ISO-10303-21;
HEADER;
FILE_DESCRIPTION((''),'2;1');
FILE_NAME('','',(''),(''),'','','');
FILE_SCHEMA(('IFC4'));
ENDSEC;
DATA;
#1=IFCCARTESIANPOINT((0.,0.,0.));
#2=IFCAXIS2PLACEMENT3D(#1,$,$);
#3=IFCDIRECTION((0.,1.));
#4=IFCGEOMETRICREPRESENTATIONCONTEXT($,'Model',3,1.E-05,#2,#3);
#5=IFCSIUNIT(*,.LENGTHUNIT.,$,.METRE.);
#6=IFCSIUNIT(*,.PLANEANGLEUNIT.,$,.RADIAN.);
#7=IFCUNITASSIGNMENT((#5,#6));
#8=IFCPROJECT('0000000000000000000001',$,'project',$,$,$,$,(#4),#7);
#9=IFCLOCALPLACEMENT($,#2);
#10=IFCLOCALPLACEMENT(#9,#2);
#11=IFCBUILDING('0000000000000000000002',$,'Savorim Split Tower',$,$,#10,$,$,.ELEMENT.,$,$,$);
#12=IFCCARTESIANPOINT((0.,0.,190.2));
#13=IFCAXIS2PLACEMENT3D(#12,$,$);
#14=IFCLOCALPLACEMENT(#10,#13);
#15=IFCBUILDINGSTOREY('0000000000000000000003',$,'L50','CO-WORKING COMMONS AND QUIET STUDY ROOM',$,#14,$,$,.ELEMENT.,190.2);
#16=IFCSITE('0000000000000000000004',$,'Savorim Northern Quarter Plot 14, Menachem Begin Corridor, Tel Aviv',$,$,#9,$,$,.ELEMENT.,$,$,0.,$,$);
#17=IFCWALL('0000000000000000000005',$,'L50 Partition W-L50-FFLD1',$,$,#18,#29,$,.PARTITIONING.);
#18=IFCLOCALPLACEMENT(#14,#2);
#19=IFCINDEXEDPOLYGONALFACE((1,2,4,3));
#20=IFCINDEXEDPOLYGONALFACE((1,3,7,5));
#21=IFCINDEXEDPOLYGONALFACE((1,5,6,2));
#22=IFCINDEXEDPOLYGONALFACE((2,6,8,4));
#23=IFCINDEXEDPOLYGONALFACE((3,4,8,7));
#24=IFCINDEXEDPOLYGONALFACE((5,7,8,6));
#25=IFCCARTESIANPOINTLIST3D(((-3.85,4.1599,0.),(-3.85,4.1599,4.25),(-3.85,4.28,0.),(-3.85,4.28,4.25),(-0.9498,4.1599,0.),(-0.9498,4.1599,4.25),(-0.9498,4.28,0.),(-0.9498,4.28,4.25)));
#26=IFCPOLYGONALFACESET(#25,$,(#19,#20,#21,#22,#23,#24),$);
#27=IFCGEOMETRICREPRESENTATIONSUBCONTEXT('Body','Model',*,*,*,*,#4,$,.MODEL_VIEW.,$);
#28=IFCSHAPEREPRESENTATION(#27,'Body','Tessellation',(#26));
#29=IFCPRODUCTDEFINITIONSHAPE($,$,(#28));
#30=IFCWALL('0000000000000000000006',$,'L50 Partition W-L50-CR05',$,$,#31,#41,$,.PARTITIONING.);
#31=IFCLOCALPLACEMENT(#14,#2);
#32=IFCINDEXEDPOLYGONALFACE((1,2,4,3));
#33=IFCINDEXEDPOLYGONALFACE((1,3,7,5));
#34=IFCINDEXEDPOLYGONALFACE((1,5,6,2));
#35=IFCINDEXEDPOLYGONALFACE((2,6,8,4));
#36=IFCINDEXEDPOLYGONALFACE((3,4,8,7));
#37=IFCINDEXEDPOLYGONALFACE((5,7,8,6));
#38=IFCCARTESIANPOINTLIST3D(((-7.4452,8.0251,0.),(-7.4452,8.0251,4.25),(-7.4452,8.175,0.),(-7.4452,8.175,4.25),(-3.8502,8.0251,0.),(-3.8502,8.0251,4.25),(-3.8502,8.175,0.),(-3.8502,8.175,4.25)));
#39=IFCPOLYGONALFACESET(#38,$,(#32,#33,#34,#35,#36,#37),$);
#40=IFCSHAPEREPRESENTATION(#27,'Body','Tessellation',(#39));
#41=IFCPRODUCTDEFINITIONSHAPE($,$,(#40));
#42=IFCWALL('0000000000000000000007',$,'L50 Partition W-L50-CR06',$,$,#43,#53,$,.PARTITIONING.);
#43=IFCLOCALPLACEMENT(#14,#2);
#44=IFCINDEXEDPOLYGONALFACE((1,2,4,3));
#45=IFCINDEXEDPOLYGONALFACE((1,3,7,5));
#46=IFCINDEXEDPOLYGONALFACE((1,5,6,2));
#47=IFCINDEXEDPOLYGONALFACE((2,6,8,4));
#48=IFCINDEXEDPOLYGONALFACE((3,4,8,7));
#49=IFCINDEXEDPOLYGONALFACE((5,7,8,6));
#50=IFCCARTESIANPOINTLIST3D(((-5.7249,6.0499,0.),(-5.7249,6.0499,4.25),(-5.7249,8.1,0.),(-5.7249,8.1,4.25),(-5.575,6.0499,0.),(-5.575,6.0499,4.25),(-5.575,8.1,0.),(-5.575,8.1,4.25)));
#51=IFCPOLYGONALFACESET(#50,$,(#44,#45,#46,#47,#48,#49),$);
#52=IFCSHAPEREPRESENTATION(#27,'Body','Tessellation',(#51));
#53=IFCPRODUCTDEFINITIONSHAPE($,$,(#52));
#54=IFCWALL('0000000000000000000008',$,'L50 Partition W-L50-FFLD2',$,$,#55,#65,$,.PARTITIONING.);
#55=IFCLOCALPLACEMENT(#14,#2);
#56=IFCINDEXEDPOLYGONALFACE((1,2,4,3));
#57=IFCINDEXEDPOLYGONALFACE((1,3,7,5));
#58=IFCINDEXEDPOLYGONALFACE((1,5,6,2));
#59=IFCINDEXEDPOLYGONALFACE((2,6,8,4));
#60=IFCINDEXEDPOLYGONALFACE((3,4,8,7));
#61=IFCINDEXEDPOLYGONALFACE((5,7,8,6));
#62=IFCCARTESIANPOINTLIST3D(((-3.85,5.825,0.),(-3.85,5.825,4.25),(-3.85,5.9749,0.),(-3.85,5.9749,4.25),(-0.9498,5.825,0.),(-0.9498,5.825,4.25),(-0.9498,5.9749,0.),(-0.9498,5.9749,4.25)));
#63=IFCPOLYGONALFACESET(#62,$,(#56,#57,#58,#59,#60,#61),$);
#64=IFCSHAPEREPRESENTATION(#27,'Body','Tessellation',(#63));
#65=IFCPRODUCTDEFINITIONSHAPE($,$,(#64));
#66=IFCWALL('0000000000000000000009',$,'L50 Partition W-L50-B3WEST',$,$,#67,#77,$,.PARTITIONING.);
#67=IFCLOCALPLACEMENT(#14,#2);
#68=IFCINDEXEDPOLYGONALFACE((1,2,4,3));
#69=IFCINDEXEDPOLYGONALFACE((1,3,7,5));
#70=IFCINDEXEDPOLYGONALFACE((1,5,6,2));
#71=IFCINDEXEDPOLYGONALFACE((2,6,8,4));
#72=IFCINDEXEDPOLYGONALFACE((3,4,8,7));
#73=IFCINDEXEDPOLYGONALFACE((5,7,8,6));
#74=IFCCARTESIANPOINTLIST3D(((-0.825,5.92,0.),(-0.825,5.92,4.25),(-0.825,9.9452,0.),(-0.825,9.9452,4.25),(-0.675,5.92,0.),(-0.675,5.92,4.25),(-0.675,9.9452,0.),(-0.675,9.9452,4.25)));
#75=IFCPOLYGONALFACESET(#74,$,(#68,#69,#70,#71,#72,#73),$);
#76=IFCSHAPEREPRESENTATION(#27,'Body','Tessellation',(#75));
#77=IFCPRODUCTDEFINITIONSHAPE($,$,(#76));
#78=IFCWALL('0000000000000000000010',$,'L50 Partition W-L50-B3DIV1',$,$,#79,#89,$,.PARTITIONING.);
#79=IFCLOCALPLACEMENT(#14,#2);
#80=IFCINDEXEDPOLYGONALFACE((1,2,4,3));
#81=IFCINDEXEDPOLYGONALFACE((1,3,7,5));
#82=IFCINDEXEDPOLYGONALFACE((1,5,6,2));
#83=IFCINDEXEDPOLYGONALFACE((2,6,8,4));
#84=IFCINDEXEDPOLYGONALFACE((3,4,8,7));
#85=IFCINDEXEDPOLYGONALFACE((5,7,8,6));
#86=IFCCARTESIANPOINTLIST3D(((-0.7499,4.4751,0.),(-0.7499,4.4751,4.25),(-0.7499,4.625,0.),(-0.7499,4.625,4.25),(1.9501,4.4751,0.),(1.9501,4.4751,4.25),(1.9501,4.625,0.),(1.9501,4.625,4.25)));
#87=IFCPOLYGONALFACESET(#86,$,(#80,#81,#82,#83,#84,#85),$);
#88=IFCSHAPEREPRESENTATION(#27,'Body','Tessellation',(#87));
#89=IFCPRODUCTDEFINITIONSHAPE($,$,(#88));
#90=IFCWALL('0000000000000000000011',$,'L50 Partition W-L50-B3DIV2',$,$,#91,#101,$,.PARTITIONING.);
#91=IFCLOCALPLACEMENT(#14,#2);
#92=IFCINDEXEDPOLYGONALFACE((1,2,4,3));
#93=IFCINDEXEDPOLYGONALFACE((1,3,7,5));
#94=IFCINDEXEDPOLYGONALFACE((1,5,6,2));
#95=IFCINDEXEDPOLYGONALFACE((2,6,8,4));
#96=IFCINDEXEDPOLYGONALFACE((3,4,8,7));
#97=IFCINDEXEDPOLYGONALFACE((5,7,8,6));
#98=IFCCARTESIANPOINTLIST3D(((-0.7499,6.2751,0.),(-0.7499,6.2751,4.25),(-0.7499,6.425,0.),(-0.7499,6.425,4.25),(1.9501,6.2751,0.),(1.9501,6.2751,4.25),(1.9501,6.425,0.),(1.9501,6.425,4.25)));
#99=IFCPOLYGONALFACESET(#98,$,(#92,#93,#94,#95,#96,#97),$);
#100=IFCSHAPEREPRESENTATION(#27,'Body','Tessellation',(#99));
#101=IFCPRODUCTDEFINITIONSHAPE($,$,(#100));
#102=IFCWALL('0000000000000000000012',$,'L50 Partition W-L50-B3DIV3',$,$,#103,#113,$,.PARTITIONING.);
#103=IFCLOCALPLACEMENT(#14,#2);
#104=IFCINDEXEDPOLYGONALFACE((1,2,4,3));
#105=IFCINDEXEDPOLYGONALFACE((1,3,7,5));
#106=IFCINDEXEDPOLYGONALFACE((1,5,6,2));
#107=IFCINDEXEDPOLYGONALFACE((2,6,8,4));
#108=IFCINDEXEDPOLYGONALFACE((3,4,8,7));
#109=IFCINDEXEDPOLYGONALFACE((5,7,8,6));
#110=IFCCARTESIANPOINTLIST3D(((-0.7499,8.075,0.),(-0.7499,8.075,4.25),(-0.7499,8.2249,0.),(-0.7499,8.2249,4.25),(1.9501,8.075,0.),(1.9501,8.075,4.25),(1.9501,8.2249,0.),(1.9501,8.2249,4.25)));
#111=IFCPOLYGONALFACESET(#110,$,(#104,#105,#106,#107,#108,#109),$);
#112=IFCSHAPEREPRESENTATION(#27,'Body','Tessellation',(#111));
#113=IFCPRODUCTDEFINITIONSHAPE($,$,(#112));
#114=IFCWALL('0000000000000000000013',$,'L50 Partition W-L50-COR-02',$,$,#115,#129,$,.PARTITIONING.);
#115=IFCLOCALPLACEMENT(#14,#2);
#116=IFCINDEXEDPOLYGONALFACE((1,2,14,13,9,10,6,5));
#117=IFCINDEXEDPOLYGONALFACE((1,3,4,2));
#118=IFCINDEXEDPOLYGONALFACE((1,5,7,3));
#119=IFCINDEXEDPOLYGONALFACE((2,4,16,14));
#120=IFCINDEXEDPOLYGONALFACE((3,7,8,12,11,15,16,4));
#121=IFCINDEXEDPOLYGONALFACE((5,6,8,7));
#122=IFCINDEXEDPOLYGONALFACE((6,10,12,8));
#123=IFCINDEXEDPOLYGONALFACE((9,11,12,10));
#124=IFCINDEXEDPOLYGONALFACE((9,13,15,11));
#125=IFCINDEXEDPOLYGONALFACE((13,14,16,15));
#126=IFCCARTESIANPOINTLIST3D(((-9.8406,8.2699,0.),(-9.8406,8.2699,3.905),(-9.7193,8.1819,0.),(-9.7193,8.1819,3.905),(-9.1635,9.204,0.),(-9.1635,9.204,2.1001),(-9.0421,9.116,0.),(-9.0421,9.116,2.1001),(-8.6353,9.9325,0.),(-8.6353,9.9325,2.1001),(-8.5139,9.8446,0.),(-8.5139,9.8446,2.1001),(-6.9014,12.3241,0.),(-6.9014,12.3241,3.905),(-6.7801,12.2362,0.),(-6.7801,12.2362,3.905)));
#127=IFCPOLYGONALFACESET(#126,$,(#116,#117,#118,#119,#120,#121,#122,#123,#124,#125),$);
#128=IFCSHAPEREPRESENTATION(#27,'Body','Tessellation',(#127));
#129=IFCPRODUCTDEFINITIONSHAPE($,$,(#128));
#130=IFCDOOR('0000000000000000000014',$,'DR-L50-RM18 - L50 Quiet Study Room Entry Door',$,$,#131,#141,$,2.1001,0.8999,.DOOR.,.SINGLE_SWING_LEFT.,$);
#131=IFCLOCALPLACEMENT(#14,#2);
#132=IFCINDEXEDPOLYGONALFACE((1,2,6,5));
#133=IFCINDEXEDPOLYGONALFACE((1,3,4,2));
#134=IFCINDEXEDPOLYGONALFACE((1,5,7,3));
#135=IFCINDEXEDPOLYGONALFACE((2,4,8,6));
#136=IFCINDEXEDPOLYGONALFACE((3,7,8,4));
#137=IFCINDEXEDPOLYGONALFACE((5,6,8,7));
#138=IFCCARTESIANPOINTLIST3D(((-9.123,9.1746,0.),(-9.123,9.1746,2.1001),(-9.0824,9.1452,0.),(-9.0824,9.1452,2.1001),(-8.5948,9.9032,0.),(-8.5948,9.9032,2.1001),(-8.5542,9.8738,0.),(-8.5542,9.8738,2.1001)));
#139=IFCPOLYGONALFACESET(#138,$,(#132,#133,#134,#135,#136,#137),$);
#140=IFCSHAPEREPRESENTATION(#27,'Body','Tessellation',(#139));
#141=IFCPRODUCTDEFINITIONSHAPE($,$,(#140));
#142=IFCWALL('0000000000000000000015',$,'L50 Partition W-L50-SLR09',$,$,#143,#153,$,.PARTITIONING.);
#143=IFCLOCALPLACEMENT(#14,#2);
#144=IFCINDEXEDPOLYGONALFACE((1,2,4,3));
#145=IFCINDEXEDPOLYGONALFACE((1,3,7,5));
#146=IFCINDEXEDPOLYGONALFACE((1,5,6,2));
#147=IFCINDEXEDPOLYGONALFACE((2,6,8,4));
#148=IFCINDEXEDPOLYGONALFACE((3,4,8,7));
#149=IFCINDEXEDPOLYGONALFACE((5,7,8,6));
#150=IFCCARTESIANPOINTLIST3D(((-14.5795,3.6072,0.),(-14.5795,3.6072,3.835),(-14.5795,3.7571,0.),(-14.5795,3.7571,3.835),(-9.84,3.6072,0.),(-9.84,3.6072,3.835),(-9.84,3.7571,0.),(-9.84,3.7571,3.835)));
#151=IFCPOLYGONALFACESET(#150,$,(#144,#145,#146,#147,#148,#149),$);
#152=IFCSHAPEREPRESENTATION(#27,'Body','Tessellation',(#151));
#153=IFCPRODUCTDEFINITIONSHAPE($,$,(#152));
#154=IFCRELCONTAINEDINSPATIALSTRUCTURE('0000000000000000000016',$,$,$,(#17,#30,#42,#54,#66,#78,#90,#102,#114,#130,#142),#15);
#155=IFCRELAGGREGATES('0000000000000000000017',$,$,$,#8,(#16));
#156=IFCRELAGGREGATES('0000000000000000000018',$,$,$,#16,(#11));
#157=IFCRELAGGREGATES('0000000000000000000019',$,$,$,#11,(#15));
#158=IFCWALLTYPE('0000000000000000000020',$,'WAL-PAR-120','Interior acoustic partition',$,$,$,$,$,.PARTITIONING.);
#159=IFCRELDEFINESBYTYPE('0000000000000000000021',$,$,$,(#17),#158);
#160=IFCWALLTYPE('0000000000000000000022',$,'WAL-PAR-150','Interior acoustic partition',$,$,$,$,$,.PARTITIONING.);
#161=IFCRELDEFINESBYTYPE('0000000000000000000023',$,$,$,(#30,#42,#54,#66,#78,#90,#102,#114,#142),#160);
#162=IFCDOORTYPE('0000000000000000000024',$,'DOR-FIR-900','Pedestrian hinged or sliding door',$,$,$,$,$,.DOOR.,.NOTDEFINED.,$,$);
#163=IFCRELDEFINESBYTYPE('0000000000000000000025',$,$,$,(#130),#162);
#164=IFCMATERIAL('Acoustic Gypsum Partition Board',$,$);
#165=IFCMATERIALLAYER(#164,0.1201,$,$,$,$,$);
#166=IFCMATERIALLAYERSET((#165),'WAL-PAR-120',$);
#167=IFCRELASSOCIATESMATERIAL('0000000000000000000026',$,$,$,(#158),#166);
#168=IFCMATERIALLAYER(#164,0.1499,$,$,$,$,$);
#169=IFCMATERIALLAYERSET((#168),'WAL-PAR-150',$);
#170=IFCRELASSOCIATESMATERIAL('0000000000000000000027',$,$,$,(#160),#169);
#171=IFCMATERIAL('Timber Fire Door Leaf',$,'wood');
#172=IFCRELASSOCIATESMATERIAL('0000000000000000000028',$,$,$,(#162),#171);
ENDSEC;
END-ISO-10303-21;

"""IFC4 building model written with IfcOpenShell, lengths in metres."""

from ifc_helpers import new_model, si_unit, direction, frame, frame_2d, origin, place, context, subcontext, project, spatial, rectangle, extrude, material, layer, layer_set, type_object, element, fill, save


model = new_model("IFC4")

# Units and contexts
model_context = context("Model", 3, precision=1e-05, world=origin(), true_north=direction((0.0, 1.0)))
body_context = subcontext(model_context, "Body", "Model", "MODEL_VIEW")
ifc_project = project(units=[si_unit("LENGTHUNIT", "METRE"), si_unit("PLANEANGLEUNIT", "RADIAN")], contexts=[model_context])

# Site, building, storey
site_placement = place(None, origin())
site = spatial("IfcSite", under=ifc_project, at=site_placement, Name="Savorim Northern Quarter Plot 14, Menachem Begin Corridor, Tel Aviv", CompositionType="ELEMENT", RefElevation=0.0)
building_placement = place(site_placement, origin())
building = spatial("IfcBuilding", under=site, at=building_placement, Name="Savorim Split Tower", CompositionType="ELEMENT")
storey_placement = place(building_placement, frame((0.0, 0.0, 190.2)))
storey = spatial("IfcBuildingStorey", under=building, at=storey_placement, Name="L50", Description="CO-WORKING COMMONS AND QUIET STUDY ROOM", CompositionType="ELEMENT", Elevation=190.2)

# Walls
ifc_material_1 = material(Name="Acoustic Gypsum Partition Board")
ifc_layer_1 = layer(ifc_material_1, 0.1201)
ifc_layer_set_1 = layer_set([ifc_layer_1], Name="WAL-PAR-120")
wall_type_1 = type_object("IfcWallType", Name="WAL-PAR-120", Description="Interior acoustic partition", PredefinedType="PARTITIONING", material=ifc_layer_set_1)
wall_1_placement = place(storey_placement, frame((-3.8501, 4.22, 0.0), z_axis=(0.0, 0.0, 1.0), x_axis=(1.0, 0.0, 0.0)))
element("IfcWall", 1, at=wall_1_placement, inside=storey, type_object=wall_type_1, Name="L50 Partition W-L50-FFLD1", PredefinedType="PARTITIONING", context=body_context, shape_type="SweptSolid", body=[
    extrude(rectangle(XDim=2.9001, YDim=0.1201, at=frame_2d((1.4502, 0.0))), origin(), (0.0, 0.0, 1.0), 4.25),
])
ifc_layer_2 = layer(ifc_material_1, 0.1499)
ifc_layer_set_2 = layer_set([ifc_layer_2], Name="WAL-PAR-150")
wall_type_2 = type_object("IfcWallType", Name="WAL-PAR-150", Description="Interior acoustic partition", PredefinedType="PARTITIONING", material=ifc_layer_set_2)
wall_2_placement = place(storey_placement, frame((-7.4451, 8.1001, 0.0), z_axis=(0.0, 0.0, 1.0), x_axis=(1.0, 0.0, 0.0)))
element("IfcWall", 2, at=wall_2_placement, inside=storey, type_object=wall_type_2, Name="L50 Partition W-L50-CR05", PredefinedType="PARTITIONING", context=body_context, shape_type="SweptSolid", body=[
    extrude(rectangle(XDim=3.595, YDim=0.1499, at=frame_2d((1.7974, 0.0))), origin(), (0.0, 0.0, 1.0), 4.25),
])
wall_3_placement = place(storey_placement, frame((-5.6499, 6.05, 0.0), z_axis=(0.0, 0.0, 1.0), x_axis=(0.0, 1.0, 0.0)))
element("IfcWall", 3, at=wall_3_placement, inside=storey, type_object=wall_type_2, Name="L50 Partition W-L50-CR06", PredefinedType="PARTITIONING", context=body_context, shape_type="SweptSolid", body=[
    extrude(rectangle(XDim=2.05, YDim=0.1499, at=frame_2d((1.0249, 0.0))), origin(), (0.0, 0.0, 1.0), 4.25),
])
wall_4_placement = place(storey_placement, frame((-3.8501, 5.8999, 0.0), z_axis=(0.0, 0.0, 1.0), x_axis=(1.0, 0.0, 0.0)))
element("IfcWall", 4, at=wall_4_placement, inside=storey, type_object=wall_type_2, Name="L50 Partition W-L50-FFLD2", PredefinedType="PARTITIONING", context=body_context, shape_type="SweptSolid", body=[
    extrude(rectangle(XDim=2.9001, YDim=0.1499, at=frame_2d((1.4502, 0.0))), origin(), (0.0, 0.0, 1.0), 4.25),
])
wall_5_placement = place(storey_placement, frame((-0.75, 5.9199, 0.0), z_axis=(0.0, 0.0, 1.0), x_axis=(0.0, 1.0, 0.0)))
element("IfcWall", 5, at=wall_5_placement, inside=storey, type_object=wall_type_2, Name="L50 Partition W-L50-B3WEST", PredefinedType="PARTITIONING", context=body_context, shape_type="SweptSolid", body=[
    extrude(rectangle(XDim=4.0251, YDim=0.1499, at=frame_2d((2.0127, 0.0))), origin(), (0.0, 0.0, 1.0), 4.25),
])
for number, where, z_axis, x_axis, name in (
    (6, (-0.75, 4.55, 0.0), (0.0, 0.0, 1.0), (1.0, 0.0, 0.0), "L50 Partition W-L50-B3DIV1"),
    (7, (-0.75, 6.3501, 0.0), (0.0, 0.0, 1.0), (1.0, 0.0, 0.0), "L50 Partition W-L50-B3DIV2"),
    (8, (-0.75, 8.1499, 0.0), (0.0, 0.0, 1.0), (1.0, 0.0, 0.0), "L50 Partition W-L50-B3DIV3"),
):
    element("IfcWall", number, at=place(storey_placement, frame(where, z_axis=z_axis, x_axis=x_axis)), inside=storey, type_object=wall_type_2, Name=name, PredefinedType="PARTITIONING", context=body_context, shape_type="SweptSolid", body=[
        extrude(rectangle(XDim=2.7, YDim=0.1499, at=frame_2d((1.3501, 0.0))), origin(), (0.0, 0.0, 1.0), 4.25),
    ])

# Wall, opening, door
wall_6_placement = place(storey_placement, frame((-9.78, 8.2258, 0.0), z_axis=(0.0, 0.0, 1.0), x_axis=(0.586956, 0.809619, 0.0)))
wall_6 = element("IfcWall", 9, at=wall_6_placement, inside=storey, type_object=wall_type_2, Name="L50 Partition W-L50-COR-02", PredefinedType="PARTITIONING", context=body_context, shape_type="SweptSolid", body=[
    extrude(rectangle(XDim=5.0076, YDim=0.1499, at=frame_2d((2.5039, 0.0))), origin(), (0.0, 0.0, 1.0), 3.905),
])
opening_1_placement = place(wall_6_placement, frame((1.1538, 0.0, 0.0)))
opening_1 = element("IfcOpeningElement", 10, at=opening_1_placement, cuts=wall_6, PredefinedType="OPENING", context=body_context, shape_type="SweptSolid", body=[
    extrude(rectangle(XDim=0.8999, YDim=2.1001, at=frame_2d((0.45, 1.05))), frame((0.0, 0.085, 0.0), z_axis=(0.0, -1.0, 0.0), x_axis=(1.0, 0.0, 0.0)), (0.0, 0.0, 1.0), 0.1699),
])
ifc_material_2 = material(Name="Timber Fire Door Leaf", Category="wood")
door_type_1 = type_object("IfcDoorType", Name="DOR-FIR-900", Description="Pedestrian hinged or sliding door", OperationType="NOTDEFINED", PredefinedType="DOOR", material=ifc_material_2)
door_1_placement = place(opening_1_placement, origin())
door_1 = element("IfcDoor", 11, at=door_1_placement, inside=storey, type_object=door_type_1, Name="DR-L50-RM18 - L50 Quiet Study Room Entry Door", OperationType="SINGLE_SWING_LEFT", OverallHeight=2.1001, OverallWidth=0.8999, PredefinedType="DOOR", context=body_context, shape_type="SweptSolid", body=[
    extrude(rectangle(XDim=0.8999, YDim=2.1001, at=frame_2d((0.45, 1.05))), frame((0.0, 0.0249, 0.0), z_axis=(0.0, -1.0, 0.0), x_axis=(1.0, 0.0, 0.0)), (0.0, 0.0, 1.0), 0.05),
])
fill(opening_1, door_1)

# Wall
wall_7_placement = place(storey_placement, frame((-9.8401, 3.6821, 0.0), z_axis=(0.0, 0.0, 1.0), x_axis=(-1.0, 0.0, 0.0)))
element("IfcWall", 12, at=wall_7_placement, inside=storey, type_object=wall_type_2, Name="L50 Partition W-L50-SLR09", PredefinedType="PARTITIONING", context=body_context, shape_type="SweptSolid", body=[
    extrude(rectangle(XDim=4.7395, YDim=0.1499, at=frame_2d((2.3696, 0.0))), origin(), (0.0, 0.0, 1.0), 3.835),
])

save(model, "model.ifc")
